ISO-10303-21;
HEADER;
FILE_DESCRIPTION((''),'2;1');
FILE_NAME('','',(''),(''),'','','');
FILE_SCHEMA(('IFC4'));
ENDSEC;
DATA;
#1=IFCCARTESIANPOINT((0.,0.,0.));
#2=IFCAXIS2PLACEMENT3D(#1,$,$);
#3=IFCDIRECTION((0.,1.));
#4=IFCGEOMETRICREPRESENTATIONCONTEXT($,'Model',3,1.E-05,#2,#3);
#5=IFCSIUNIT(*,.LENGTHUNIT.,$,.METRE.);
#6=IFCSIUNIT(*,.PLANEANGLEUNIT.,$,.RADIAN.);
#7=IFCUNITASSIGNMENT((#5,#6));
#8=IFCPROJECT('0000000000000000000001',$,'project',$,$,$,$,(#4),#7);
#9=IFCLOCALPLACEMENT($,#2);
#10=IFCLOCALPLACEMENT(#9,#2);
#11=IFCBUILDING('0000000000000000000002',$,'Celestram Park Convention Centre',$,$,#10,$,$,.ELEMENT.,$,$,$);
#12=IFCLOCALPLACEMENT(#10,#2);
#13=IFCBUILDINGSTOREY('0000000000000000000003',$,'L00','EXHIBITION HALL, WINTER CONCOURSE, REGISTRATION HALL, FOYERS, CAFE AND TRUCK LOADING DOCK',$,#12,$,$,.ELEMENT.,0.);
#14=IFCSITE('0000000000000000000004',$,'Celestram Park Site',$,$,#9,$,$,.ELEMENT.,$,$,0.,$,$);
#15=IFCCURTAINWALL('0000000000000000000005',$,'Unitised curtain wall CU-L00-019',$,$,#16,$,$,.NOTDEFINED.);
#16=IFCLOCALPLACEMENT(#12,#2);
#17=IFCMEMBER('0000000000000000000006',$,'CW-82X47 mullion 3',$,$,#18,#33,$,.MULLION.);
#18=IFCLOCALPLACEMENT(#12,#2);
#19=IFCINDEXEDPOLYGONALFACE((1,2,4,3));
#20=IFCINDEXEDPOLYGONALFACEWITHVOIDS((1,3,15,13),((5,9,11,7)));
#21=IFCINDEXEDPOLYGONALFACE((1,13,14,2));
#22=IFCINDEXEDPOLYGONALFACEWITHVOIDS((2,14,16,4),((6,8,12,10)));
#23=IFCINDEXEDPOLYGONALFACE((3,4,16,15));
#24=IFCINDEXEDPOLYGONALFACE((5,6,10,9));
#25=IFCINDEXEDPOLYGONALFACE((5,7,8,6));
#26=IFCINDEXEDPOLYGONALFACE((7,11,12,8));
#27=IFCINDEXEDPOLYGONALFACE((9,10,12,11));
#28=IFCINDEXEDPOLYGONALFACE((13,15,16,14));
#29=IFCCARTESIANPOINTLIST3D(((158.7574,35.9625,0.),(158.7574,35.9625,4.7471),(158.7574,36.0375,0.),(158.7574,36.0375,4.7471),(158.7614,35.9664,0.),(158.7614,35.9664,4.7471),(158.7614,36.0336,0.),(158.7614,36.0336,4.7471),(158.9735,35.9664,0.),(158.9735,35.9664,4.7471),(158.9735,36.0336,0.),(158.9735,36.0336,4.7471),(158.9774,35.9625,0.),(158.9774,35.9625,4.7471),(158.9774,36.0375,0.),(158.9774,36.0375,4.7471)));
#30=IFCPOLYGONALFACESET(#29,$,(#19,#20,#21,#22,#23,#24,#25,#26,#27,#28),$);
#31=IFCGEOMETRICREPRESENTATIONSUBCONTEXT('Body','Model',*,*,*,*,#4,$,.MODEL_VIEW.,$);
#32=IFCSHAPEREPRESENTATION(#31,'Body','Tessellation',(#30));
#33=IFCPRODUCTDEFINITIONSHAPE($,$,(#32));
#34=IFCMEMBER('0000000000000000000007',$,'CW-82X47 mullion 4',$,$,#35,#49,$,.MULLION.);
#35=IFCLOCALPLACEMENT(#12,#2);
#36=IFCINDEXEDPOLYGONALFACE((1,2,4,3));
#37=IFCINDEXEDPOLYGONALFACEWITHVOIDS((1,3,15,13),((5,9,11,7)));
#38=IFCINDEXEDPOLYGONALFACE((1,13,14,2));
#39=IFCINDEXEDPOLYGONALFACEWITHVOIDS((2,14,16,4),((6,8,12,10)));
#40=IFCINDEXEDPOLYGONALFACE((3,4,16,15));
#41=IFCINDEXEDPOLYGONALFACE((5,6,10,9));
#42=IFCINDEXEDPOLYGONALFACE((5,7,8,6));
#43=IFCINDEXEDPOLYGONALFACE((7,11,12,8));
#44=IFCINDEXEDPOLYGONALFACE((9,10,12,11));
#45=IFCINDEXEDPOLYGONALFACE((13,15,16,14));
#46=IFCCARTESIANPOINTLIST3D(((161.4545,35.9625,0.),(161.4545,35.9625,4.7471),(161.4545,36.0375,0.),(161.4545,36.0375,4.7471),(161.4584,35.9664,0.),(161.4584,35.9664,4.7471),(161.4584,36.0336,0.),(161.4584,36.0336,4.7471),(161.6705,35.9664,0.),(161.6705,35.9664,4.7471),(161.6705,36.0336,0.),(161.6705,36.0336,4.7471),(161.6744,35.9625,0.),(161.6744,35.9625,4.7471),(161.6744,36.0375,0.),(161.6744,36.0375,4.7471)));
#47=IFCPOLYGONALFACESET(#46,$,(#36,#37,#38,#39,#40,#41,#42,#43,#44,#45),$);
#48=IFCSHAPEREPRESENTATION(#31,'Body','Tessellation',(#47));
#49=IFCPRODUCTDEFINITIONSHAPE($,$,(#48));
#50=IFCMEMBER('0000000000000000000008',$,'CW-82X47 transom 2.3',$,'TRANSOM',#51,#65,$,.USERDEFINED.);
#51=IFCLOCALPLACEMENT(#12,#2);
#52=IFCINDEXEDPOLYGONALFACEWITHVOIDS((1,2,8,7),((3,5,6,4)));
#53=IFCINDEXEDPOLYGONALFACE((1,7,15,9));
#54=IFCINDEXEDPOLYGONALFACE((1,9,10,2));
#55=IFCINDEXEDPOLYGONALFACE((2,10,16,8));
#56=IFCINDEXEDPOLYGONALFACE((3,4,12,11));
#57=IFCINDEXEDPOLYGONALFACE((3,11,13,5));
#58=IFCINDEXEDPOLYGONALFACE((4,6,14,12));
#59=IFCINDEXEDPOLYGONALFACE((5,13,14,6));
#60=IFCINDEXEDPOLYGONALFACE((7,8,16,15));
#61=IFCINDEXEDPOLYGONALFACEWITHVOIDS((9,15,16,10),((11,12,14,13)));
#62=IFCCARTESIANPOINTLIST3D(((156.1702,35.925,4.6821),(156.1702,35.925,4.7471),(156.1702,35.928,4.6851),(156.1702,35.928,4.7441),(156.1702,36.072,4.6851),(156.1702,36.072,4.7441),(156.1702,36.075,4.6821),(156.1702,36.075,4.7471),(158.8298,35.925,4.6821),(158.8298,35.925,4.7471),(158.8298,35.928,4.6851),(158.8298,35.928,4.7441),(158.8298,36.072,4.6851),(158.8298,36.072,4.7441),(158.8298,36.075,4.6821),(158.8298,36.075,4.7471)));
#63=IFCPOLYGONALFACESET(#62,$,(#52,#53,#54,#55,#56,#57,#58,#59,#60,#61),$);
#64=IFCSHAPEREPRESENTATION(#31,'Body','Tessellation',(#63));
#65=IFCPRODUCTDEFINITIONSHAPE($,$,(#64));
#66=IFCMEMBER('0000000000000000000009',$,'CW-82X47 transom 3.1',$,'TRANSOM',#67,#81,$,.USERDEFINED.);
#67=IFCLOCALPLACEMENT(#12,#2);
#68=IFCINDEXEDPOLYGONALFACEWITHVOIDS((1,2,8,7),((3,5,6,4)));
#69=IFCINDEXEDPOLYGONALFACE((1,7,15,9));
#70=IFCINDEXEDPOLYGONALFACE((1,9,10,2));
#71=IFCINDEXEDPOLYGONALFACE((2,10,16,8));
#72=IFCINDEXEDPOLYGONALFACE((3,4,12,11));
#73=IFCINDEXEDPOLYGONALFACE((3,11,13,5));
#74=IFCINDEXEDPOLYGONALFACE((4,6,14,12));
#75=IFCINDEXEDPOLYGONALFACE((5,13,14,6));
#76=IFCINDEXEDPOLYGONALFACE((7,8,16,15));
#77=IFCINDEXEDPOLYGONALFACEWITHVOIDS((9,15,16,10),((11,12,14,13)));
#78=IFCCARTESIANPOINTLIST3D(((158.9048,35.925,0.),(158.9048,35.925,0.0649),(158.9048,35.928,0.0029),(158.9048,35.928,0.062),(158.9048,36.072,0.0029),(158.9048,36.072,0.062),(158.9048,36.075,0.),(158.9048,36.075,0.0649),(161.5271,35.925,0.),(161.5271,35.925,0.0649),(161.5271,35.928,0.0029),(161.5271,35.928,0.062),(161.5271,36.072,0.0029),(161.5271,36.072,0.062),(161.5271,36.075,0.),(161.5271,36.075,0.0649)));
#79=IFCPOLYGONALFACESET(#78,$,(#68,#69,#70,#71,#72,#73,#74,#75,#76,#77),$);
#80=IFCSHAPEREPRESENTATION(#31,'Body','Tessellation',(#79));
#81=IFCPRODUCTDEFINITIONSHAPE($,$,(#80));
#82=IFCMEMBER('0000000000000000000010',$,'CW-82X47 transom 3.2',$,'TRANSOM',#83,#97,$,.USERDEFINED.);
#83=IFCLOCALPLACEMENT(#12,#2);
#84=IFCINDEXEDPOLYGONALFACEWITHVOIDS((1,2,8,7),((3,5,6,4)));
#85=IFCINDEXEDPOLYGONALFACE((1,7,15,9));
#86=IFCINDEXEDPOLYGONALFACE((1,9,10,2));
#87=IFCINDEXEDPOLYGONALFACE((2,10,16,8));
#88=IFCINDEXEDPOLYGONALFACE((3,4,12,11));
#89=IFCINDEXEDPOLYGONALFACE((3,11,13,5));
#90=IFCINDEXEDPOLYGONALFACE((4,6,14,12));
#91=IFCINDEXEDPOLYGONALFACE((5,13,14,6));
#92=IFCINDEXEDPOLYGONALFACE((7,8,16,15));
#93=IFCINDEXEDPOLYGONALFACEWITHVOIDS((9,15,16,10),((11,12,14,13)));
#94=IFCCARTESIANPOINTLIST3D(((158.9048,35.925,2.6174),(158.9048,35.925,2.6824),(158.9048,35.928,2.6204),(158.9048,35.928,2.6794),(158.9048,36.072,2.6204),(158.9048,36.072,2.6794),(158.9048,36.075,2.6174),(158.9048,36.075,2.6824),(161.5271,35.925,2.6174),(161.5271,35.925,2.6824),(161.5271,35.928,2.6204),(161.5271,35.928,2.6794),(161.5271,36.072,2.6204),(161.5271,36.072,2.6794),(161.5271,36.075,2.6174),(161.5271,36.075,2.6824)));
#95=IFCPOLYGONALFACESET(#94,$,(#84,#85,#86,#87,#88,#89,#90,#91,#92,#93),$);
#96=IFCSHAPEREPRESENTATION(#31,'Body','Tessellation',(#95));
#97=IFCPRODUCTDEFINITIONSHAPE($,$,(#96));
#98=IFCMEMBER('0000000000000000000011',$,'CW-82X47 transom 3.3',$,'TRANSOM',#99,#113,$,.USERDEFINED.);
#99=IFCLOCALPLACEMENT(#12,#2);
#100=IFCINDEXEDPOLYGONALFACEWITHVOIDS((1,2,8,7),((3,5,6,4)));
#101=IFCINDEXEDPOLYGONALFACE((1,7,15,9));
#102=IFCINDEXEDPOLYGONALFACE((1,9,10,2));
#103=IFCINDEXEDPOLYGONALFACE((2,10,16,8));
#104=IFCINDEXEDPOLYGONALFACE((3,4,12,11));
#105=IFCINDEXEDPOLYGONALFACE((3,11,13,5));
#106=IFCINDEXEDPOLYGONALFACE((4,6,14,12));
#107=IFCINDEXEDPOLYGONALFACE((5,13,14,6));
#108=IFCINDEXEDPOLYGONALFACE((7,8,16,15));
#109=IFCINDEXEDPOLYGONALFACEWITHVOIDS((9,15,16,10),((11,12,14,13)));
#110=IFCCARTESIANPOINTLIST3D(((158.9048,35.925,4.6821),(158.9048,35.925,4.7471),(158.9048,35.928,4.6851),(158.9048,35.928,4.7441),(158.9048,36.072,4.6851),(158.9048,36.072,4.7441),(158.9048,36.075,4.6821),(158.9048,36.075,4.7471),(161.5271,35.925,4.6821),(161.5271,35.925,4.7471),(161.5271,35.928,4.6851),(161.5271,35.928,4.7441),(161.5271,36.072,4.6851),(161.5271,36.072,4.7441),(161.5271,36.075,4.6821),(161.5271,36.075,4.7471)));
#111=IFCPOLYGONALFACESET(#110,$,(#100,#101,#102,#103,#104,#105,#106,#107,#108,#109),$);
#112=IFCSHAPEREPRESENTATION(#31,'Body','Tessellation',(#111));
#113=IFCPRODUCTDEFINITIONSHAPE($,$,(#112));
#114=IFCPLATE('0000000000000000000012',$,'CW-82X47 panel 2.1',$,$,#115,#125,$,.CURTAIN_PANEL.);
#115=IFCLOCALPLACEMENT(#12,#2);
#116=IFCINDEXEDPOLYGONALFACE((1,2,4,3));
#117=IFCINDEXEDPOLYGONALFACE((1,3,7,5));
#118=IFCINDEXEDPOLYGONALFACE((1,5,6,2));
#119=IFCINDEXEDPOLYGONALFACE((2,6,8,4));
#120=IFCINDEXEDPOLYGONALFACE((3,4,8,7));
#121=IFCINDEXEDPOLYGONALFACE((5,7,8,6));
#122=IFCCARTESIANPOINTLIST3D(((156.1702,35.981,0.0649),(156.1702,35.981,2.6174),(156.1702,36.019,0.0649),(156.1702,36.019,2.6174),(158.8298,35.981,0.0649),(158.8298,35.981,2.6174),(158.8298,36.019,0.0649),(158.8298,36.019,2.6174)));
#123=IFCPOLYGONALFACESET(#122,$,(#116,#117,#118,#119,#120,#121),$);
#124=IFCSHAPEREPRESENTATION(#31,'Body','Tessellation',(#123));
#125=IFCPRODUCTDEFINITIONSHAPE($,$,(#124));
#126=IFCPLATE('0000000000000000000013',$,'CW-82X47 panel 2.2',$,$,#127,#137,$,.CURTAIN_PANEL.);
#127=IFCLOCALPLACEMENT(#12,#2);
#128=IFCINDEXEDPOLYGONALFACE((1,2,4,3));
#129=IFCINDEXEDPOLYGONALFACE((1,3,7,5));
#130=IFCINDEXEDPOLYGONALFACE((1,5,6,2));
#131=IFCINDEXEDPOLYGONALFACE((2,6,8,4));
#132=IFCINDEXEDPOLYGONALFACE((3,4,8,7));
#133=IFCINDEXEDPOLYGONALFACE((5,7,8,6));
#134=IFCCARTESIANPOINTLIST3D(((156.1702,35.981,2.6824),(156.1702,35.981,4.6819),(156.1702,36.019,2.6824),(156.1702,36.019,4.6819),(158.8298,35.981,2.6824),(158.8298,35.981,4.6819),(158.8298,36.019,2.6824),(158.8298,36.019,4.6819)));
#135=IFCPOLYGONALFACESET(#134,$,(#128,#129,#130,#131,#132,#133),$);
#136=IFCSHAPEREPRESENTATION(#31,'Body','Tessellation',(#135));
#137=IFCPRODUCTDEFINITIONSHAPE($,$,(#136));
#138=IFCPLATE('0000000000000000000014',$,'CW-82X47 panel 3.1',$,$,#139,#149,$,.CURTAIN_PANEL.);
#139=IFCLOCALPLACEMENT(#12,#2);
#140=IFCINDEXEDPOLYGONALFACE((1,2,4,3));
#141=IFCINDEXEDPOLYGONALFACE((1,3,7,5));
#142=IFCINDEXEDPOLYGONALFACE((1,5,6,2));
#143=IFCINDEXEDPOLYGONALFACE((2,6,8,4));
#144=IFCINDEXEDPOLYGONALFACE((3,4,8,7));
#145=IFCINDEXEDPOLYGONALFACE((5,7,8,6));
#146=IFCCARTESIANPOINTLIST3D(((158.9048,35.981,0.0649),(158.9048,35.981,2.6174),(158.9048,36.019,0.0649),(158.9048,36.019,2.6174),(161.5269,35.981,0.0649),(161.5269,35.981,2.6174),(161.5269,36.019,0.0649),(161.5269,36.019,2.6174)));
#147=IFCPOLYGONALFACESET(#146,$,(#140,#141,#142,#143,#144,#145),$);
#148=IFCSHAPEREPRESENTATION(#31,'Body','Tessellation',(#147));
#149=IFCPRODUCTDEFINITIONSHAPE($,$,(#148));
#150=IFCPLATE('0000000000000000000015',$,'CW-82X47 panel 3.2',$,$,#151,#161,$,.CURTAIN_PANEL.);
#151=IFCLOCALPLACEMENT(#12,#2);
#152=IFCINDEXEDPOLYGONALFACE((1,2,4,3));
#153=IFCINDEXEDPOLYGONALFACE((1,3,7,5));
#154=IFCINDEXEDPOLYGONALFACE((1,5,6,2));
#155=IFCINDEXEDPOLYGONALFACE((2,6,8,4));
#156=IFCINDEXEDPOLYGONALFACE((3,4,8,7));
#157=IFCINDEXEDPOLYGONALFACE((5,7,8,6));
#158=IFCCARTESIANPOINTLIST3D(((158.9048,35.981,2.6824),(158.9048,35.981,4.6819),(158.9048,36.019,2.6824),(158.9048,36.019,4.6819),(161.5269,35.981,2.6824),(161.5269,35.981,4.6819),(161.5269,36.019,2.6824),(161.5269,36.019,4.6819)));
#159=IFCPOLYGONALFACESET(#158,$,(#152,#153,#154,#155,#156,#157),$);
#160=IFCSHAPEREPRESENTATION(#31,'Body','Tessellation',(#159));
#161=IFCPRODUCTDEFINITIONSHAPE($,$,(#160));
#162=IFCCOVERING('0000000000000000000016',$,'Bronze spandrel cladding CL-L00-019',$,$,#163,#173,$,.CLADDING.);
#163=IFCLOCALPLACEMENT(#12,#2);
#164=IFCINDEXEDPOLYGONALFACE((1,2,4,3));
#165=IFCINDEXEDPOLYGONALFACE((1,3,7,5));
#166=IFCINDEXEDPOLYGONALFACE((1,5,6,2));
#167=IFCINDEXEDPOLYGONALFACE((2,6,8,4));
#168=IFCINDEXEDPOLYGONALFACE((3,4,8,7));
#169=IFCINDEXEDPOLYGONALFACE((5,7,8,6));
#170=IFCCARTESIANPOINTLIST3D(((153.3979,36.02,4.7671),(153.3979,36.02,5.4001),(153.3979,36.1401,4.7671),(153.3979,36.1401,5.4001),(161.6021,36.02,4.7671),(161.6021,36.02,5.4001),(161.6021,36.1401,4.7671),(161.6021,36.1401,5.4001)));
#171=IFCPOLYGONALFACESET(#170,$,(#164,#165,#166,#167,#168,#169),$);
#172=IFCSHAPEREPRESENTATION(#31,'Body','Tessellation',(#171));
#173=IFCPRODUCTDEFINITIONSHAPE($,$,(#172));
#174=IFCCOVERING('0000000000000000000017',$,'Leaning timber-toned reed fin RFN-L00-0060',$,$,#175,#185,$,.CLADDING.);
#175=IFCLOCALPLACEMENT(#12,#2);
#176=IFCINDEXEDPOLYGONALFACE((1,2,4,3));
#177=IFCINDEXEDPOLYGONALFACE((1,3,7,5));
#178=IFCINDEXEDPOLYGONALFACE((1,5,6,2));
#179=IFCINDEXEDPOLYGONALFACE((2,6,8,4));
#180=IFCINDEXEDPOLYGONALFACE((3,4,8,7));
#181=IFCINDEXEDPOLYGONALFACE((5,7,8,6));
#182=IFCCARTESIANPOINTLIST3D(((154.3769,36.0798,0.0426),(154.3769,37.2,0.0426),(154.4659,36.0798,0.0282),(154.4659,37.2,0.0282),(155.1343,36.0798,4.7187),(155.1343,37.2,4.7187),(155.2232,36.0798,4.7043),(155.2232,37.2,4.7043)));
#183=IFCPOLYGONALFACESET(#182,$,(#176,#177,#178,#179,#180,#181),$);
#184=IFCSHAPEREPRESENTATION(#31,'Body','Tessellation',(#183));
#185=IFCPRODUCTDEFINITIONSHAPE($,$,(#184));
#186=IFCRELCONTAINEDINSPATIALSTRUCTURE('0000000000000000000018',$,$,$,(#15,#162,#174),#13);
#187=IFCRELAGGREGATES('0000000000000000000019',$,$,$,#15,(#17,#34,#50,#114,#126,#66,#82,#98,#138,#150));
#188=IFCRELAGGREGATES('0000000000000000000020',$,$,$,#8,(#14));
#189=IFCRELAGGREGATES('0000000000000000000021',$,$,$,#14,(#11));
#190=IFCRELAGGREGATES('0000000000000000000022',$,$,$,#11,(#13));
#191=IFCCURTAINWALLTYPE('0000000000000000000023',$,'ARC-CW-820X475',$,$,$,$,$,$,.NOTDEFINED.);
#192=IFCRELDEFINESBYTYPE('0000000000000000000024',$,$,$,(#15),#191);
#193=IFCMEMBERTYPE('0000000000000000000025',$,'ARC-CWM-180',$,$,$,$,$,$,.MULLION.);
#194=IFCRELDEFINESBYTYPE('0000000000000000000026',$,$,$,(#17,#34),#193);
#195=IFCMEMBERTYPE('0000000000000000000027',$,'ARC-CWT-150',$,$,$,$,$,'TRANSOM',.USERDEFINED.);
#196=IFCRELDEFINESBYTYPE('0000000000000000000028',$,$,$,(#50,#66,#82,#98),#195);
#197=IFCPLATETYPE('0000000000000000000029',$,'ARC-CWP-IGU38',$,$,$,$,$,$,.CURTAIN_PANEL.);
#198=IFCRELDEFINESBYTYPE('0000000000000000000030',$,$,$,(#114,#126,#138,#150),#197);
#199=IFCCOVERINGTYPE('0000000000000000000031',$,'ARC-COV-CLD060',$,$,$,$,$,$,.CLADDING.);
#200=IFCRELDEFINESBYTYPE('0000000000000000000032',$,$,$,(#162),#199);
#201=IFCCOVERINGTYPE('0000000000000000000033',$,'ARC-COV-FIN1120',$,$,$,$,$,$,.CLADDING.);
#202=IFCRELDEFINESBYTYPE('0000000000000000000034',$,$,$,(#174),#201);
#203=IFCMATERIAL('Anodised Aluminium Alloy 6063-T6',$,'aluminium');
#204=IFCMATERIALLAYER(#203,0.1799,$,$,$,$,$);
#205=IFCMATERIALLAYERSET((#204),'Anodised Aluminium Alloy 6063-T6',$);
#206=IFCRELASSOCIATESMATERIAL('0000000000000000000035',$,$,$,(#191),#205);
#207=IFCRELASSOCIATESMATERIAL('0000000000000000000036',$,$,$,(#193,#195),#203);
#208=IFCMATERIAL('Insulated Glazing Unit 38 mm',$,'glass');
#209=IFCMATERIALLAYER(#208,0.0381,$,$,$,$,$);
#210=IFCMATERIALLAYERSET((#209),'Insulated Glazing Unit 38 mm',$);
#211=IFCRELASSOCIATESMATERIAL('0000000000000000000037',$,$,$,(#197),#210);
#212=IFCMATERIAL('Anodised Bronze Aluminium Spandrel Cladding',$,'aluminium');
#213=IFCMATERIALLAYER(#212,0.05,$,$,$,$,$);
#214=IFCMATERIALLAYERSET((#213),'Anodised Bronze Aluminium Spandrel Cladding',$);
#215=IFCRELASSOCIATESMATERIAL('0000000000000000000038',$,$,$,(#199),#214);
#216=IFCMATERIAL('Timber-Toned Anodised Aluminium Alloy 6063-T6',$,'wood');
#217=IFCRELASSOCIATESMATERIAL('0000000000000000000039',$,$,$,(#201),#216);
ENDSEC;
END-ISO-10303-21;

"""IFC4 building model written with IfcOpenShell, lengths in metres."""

from ifc_helpers import new_model, si_unit, direction, frame, origin, origin_2d, place, context, subcontext, project, spatial, rectangle, hollow_rectangle, extrude, material, layer, layer_set, material_profile, profile_set, type_object, element, aggregate, save


model = new_model("IFC4")

# Units and contexts
model_context = context("Model", 3, precision=1e-05, world=origin(), true_north=direction((0.0, 1.0)))
body_context = subcontext(model_context, "Body", "Model", "MODEL_VIEW")
ifc_project = project(units=[si_unit("LENGTHUNIT", "METRE"), si_unit("PLANEANGLEUNIT", "RADIAN")], contexts=[model_context])

# Site, building, storey
site_placement = place(None, origin())
site = spatial("IfcSite", under=ifc_project, at=site_placement, Name="Celestram Park Site", CompositionType="ELEMENT", RefElevation=0.0)
building_placement = place(site_placement, origin())
building = spatial("IfcBuilding", under=site, at=building_placement, Name="Celestram Park Convention Centre", CompositionType="ELEMENT")
storey_placement = place(building_placement, origin())
storey = spatial("IfcBuildingStorey", under=building, at=storey_placement, Name="L00", Description="EXHIBITION HALL, WINTER CONCOURSE, REGISTRATION HALL, FOYERS, CAFE AND TRUCK LOADING DOCK", CompositionType="ELEMENT", Elevation=0.0)

# Curtain wall, members, plates
ifc_material_1 = material(Name="Anodised Aluminium Alloy 6063-T6", Category="aluminium")
ifc_layer_1 = layer(ifc_material_1, 0.1799)
ifc_layer_set_1 = layer_set([ifc_layer_1], Name="Anodised Aluminium Alloy 6063-T6")
curtain_wall_type = type_object("IfcCurtainWallType", Name="ARC-CW-820X475", PredefinedType="NOTDEFINED", material=ifc_layer_set_1)
curtain_wall_placement = place(storey_placement, origin())
curtain_wall = element("IfcCurtainWall", 1, at=curtain_wall_placement, inside=storey, type_object=curtain_wall_type, Name="Unitised curtain wall CU-L00-019", PredefinedType="NOTDEFINED")
ifc_material_profile_1 = material_profile(ifc_material_1, hollow_rectangle(XDim=0.075, YDim=0.22, WallThickness=0.0039, at=origin_2d()), Name="ALU75X220X4")
ifc_profile_set_1 = profile_set([ifc_material_profile_1], Name="Anodised Aluminium Alloy 6063-T6")
member_type_1 = type_object("IfcMemberType", Name="ARC-CWM-180", PredefinedType="MULLION", material=ifc_profile_set_1)
member_1_placement = place(storey_placement, frame((158.8674, 36.0, 0.0), z_axis=(0.0, 0.0, 1.0), x_axis=(0.0, 1.0, 0.0)))
member_1 = element("IfcMember", 2, at=member_1_placement, type_object=member_type_1, Name="CW-82X47 mullion 3", PredefinedType="MULLION", context=body_context, shape_type="SweptSolid", body=[
    extrude(hollow_rectangle(XDim=0.075, YDim=0.22, WallThickness=0.0039, at=origin_2d()), origin(), (0.0, 0.0, 1.0), 4.7471),
])
member_2_placement = place(storey_placement, frame((161.5645, 36.0, 0.0), z_axis=(0.0, 0.0, 1.0), x_axis=(0.0, 1.0, 0.0)))
member_2 = element("IfcMember", 3, at=member_2_placement, type_object=member_type_1, Name="CW-82X47 mullion 4", PredefinedType="MULLION", context=body_context, shape_type="SweptSolid", body=[
    extrude(hollow_rectangle(XDim=0.075, YDim=0.22, WallThickness=0.0039, at=origin_2d()), origin(), (0.0, 0.0, 1.0), 4.7471),
])
ifc_material_profile_2 = material_profile(ifc_material_1, hollow_rectangle(XDim=0.1499, YDim=0.0649, WallThickness=0.0029, at=origin_2d()), Name="ALU150X65X3")
ifc_profile_set_2 = profile_set([ifc_material_profile_2], Name="Anodised Aluminium Alloy 6063-T6")
member_type_2 = type_object("IfcMemberType", Name="ARC-CWT-150", ElementType="TRANSOM", PredefinedType="USERDEFINED", material=ifc_profile_set_2)
member_3_placement = place(storey_placement, frame((156.1702, 36.0, 4.7146), z_axis=(1.0, 0.0, 0.0), x_axis=(0.0, 1.0, 0.0)))
member_3 = element("IfcMember", 4, at=member_3_placement, type_object=member_type_2, Name="CW-82X47 transom 2.3", ObjectType="TRANSOM", PredefinedType="USERDEFINED", context=body_context, shape_type="SweptSolid", body=[
    extrude(hollow_rectangle(XDim=0.1499, YDim=0.0649, WallThickness=0.0029, at=origin_2d()), origin(), (0.0, 0.0, 1.0), 2.6597),
])
member_4_placement = place(storey_placement, frame((158.9048, 36.0, 0.0325), z_axis=(1.0, 0.0, 0.0), x_axis=(0.0, 1.0, 0.0)))
member_4 = element("IfcMember", 5, at=member_4_placement, type_object=member_type_2, Name="CW-82X47 transom 3.1", ObjectType="TRANSOM", PredefinedType="USERDEFINED", context=body_context, shape_type="SweptSolid", body=[
    extrude(hollow_rectangle(XDim=0.1499, YDim=0.0649, WallThickness=0.0029, at=origin_2d()), origin(), (0.0, 0.0, 1.0), 2.6223),
])
member_5_placement = place(storey_placement, frame((158.9048, 36.0, 2.6499), z_axis=(1.0, 0.0, 0.0), x_axis=(0.0, 1.0, 0.0)))
member_5 = element("IfcMember", 6, at=member_5_placement, type_object=member_type_2, Name="CW-82X47 transom 3.2", ObjectType="TRANSOM", PredefinedType="USERDEFINED", context=body_context, shape_type="SweptSolid", body=[
    extrude(hollow_rectangle(XDim=0.1499, YDim=0.0649, WallThickness=0.0029, at=origin_2d()), origin(), (0.0, 0.0, 1.0), 2.6223),
])
member_6_placement = place(storey_placement, frame((158.9048, 36.0, 4.7146), z_axis=(1.0, 0.0, 0.0), x_axis=(0.0, 1.0, 0.0)))
member_6 = element("IfcMember", 7, at=member_6_placement, type_object=member_type_2, Name="CW-82X47 transom 3.3", ObjectType="TRANSOM", PredefinedType="USERDEFINED", context=body_context, shape_type="SweptSolid", body=[
    extrude(hollow_rectangle(XDim=0.1499, YDim=0.0649, WallThickness=0.0029, at=origin_2d()), origin(), (0.0, 0.0, 1.0), 2.6223),
])
ifc_material_2 = material(Name="Insulated Glazing Unit 38 mm", Category="glass")
ifc_layer_2 = layer(ifc_material_2, 0.0381)
ifc_layer_set_2 = layer_set([ifc_layer_2], Name="Insulated Glazing Unit 38 mm")
plate_type = type_object("IfcPlateType", Name="ARC-CWP-IGU38", PredefinedType="CURTAIN_PANEL", material=ifc_layer_set_2)
plate_1_placement = place(storey_placement, frame((157.5, 36.0, 0.0649), z_axis=(0.0, 0.0, 1.0), x_axis=(1.0, 0.0, 0.0)))
plate_1 = element("IfcPlate", 8, at=plate_1_placement, type_object=plate_type, Name="CW-82X47 panel 2.1", PredefinedType="CURTAIN_PANEL", context=body_context, shape_type="SweptSolid", body=[
    extrude(rectangle(XDim=2.6597, YDim=0.0381, at=origin_2d()), origin(), (0.0, 0.0, 1.0), 2.5525),
])
plate_2_placement = place(storey_placement, frame((157.5, 36.0, 2.6824), z_axis=(0.0, 0.0, 1.0), x_axis=(1.0, 0.0, 0.0)))
plate_2 = element("IfcPlate", 9, at=plate_2_placement, type_object=plate_type, Name="CW-82X47 panel 2.2", PredefinedType="CURTAIN_PANEL", context=body_context, shape_type="SweptSolid", body=[
    extrude(rectangle(XDim=2.6597, YDim=0.0381, at=origin_2d()), origin(), (0.0, 0.0, 1.0), 1.9995),
])
plate_3_placement = place(storey_placement, frame((160.2158, 36.0, 0.0649), z_axis=(0.0, 0.0, 1.0), x_axis=(1.0, 0.0, 0.0)))
plate_3 = element("IfcPlate", 10, at=plate_3_placement, type_object=plate_type, Name="CW-82X47 panel 3.1", PredefinedType="CURTAIN_PANEL", context=body_context, shape_type="SweptSolid", body=[
    extrude(rectangle(XDim=2.6221, YDim=0.0381, at=origin_2d()), origin(), (0.0, 0.0, 1.0), 2.5525),
])
plate_4_placement = place(storey_placement, frame((160.2158, 36.0, 2.6824), z_axis=(0.0, 0.0, 1.0), x_axis=(1.0, 0.0, 0.0)))
plate_4 = element("IfcPlate", 11, at=plate_4_placement, type_object=plate_type, Name="CW-82X47 panel 3.2", PredefinedType="CURTAIN_PANEL", context=body_context, shape_type="SweptSolid", body=[
    extrude(rectangle(XDim=2.6221, YDim=0.0381, at=origin_2d()), origin(), (0.0, 0.0, 1.0), 1.9995),
])
aggregate(curtain_wall, [member_1, member_2, member_3, plate_1, plate_2, member_4, member_5, member_6, plate_3, plate_4])

# Coverings
ifc_material_3 = material(Name="Anodised Bronze Aluminium Spandrel Cladding", Category="aluminium")
ifc_layer_3 = layer(ifc_material_3, 0.05)
ifc_layer_set_3 = layer_set([ifc_layer_3], Name="Anodised Bronze Aluminium Spandrel Cladding")
covering_type_1 = type_object("IfcCoveringType", Name="ARC-COV-CLD060", PredefinedType="CLADDING", material=ifc_layer_set_3)
covering_1_placement = place(storey_placement, frame((157.5, 36.0801, 4.7671), z_axis=(0.0, 0.0, 1.0), x_axis=(1.0, 0.0, 0.0)))
element("IfcCovering", 12, at=covering_1_placement, inside=storey, type_object=covering_type_1, Name="Bronze spandrel cladding CL-L00-019", PredefinedType="CLADDING", context=body_context, shape_type="SweptSolid", body=[
    extrude(rectangle(XDim=8.2041, YDim=0.1201, at=origin_2d()), origin(), (0.0, 0.0, 1.0), 0.6331),
])
ifc_material_4 = material(Name="Timber-Toned Anodised Aluminium Alloy 6063-T6", Category="wood")
ifc_material_profile_3 = material_profile(ifc_material_4, rectangle(XDim=1.1201, YDim=0.0901, at=origin_2d()), Name="REED1120X90")
ifc_profile_set_3 = profile_set([ifc_material_profile_3], Name="Timber-Toned Anodised Aluminium Alloy 6063-T6")
covering_type_2 = type_object("IfcCoveringType", Name="ARC-COV-FIN1120", PredefinedType="CLADDING", material=ifc_profile_set_3)
covering_2_placement = place(storey_placement, frame((154.4214, 36.6399, 0.0354), z_axis=(0.159876, 0.0, 0.987137), x_axis=(0.0, 1.0, 0.0)))
element("IfcCovering", 13, at=covering_2_placement, inside=storey, type_object=covering_type_2, Name="Leaning timber-toned reed fin RFN-L00-0060", PredefinedType="CLADDING", context=body_context, shape_type="SweptSolid", body=[
    extrude(rectangle(XDim=1.1201, YDim=0.0901, at=origin_2d()), origin(), (0.0, 0.0, 1.0), 4.7371),
])

save(model, "model.ifc")
